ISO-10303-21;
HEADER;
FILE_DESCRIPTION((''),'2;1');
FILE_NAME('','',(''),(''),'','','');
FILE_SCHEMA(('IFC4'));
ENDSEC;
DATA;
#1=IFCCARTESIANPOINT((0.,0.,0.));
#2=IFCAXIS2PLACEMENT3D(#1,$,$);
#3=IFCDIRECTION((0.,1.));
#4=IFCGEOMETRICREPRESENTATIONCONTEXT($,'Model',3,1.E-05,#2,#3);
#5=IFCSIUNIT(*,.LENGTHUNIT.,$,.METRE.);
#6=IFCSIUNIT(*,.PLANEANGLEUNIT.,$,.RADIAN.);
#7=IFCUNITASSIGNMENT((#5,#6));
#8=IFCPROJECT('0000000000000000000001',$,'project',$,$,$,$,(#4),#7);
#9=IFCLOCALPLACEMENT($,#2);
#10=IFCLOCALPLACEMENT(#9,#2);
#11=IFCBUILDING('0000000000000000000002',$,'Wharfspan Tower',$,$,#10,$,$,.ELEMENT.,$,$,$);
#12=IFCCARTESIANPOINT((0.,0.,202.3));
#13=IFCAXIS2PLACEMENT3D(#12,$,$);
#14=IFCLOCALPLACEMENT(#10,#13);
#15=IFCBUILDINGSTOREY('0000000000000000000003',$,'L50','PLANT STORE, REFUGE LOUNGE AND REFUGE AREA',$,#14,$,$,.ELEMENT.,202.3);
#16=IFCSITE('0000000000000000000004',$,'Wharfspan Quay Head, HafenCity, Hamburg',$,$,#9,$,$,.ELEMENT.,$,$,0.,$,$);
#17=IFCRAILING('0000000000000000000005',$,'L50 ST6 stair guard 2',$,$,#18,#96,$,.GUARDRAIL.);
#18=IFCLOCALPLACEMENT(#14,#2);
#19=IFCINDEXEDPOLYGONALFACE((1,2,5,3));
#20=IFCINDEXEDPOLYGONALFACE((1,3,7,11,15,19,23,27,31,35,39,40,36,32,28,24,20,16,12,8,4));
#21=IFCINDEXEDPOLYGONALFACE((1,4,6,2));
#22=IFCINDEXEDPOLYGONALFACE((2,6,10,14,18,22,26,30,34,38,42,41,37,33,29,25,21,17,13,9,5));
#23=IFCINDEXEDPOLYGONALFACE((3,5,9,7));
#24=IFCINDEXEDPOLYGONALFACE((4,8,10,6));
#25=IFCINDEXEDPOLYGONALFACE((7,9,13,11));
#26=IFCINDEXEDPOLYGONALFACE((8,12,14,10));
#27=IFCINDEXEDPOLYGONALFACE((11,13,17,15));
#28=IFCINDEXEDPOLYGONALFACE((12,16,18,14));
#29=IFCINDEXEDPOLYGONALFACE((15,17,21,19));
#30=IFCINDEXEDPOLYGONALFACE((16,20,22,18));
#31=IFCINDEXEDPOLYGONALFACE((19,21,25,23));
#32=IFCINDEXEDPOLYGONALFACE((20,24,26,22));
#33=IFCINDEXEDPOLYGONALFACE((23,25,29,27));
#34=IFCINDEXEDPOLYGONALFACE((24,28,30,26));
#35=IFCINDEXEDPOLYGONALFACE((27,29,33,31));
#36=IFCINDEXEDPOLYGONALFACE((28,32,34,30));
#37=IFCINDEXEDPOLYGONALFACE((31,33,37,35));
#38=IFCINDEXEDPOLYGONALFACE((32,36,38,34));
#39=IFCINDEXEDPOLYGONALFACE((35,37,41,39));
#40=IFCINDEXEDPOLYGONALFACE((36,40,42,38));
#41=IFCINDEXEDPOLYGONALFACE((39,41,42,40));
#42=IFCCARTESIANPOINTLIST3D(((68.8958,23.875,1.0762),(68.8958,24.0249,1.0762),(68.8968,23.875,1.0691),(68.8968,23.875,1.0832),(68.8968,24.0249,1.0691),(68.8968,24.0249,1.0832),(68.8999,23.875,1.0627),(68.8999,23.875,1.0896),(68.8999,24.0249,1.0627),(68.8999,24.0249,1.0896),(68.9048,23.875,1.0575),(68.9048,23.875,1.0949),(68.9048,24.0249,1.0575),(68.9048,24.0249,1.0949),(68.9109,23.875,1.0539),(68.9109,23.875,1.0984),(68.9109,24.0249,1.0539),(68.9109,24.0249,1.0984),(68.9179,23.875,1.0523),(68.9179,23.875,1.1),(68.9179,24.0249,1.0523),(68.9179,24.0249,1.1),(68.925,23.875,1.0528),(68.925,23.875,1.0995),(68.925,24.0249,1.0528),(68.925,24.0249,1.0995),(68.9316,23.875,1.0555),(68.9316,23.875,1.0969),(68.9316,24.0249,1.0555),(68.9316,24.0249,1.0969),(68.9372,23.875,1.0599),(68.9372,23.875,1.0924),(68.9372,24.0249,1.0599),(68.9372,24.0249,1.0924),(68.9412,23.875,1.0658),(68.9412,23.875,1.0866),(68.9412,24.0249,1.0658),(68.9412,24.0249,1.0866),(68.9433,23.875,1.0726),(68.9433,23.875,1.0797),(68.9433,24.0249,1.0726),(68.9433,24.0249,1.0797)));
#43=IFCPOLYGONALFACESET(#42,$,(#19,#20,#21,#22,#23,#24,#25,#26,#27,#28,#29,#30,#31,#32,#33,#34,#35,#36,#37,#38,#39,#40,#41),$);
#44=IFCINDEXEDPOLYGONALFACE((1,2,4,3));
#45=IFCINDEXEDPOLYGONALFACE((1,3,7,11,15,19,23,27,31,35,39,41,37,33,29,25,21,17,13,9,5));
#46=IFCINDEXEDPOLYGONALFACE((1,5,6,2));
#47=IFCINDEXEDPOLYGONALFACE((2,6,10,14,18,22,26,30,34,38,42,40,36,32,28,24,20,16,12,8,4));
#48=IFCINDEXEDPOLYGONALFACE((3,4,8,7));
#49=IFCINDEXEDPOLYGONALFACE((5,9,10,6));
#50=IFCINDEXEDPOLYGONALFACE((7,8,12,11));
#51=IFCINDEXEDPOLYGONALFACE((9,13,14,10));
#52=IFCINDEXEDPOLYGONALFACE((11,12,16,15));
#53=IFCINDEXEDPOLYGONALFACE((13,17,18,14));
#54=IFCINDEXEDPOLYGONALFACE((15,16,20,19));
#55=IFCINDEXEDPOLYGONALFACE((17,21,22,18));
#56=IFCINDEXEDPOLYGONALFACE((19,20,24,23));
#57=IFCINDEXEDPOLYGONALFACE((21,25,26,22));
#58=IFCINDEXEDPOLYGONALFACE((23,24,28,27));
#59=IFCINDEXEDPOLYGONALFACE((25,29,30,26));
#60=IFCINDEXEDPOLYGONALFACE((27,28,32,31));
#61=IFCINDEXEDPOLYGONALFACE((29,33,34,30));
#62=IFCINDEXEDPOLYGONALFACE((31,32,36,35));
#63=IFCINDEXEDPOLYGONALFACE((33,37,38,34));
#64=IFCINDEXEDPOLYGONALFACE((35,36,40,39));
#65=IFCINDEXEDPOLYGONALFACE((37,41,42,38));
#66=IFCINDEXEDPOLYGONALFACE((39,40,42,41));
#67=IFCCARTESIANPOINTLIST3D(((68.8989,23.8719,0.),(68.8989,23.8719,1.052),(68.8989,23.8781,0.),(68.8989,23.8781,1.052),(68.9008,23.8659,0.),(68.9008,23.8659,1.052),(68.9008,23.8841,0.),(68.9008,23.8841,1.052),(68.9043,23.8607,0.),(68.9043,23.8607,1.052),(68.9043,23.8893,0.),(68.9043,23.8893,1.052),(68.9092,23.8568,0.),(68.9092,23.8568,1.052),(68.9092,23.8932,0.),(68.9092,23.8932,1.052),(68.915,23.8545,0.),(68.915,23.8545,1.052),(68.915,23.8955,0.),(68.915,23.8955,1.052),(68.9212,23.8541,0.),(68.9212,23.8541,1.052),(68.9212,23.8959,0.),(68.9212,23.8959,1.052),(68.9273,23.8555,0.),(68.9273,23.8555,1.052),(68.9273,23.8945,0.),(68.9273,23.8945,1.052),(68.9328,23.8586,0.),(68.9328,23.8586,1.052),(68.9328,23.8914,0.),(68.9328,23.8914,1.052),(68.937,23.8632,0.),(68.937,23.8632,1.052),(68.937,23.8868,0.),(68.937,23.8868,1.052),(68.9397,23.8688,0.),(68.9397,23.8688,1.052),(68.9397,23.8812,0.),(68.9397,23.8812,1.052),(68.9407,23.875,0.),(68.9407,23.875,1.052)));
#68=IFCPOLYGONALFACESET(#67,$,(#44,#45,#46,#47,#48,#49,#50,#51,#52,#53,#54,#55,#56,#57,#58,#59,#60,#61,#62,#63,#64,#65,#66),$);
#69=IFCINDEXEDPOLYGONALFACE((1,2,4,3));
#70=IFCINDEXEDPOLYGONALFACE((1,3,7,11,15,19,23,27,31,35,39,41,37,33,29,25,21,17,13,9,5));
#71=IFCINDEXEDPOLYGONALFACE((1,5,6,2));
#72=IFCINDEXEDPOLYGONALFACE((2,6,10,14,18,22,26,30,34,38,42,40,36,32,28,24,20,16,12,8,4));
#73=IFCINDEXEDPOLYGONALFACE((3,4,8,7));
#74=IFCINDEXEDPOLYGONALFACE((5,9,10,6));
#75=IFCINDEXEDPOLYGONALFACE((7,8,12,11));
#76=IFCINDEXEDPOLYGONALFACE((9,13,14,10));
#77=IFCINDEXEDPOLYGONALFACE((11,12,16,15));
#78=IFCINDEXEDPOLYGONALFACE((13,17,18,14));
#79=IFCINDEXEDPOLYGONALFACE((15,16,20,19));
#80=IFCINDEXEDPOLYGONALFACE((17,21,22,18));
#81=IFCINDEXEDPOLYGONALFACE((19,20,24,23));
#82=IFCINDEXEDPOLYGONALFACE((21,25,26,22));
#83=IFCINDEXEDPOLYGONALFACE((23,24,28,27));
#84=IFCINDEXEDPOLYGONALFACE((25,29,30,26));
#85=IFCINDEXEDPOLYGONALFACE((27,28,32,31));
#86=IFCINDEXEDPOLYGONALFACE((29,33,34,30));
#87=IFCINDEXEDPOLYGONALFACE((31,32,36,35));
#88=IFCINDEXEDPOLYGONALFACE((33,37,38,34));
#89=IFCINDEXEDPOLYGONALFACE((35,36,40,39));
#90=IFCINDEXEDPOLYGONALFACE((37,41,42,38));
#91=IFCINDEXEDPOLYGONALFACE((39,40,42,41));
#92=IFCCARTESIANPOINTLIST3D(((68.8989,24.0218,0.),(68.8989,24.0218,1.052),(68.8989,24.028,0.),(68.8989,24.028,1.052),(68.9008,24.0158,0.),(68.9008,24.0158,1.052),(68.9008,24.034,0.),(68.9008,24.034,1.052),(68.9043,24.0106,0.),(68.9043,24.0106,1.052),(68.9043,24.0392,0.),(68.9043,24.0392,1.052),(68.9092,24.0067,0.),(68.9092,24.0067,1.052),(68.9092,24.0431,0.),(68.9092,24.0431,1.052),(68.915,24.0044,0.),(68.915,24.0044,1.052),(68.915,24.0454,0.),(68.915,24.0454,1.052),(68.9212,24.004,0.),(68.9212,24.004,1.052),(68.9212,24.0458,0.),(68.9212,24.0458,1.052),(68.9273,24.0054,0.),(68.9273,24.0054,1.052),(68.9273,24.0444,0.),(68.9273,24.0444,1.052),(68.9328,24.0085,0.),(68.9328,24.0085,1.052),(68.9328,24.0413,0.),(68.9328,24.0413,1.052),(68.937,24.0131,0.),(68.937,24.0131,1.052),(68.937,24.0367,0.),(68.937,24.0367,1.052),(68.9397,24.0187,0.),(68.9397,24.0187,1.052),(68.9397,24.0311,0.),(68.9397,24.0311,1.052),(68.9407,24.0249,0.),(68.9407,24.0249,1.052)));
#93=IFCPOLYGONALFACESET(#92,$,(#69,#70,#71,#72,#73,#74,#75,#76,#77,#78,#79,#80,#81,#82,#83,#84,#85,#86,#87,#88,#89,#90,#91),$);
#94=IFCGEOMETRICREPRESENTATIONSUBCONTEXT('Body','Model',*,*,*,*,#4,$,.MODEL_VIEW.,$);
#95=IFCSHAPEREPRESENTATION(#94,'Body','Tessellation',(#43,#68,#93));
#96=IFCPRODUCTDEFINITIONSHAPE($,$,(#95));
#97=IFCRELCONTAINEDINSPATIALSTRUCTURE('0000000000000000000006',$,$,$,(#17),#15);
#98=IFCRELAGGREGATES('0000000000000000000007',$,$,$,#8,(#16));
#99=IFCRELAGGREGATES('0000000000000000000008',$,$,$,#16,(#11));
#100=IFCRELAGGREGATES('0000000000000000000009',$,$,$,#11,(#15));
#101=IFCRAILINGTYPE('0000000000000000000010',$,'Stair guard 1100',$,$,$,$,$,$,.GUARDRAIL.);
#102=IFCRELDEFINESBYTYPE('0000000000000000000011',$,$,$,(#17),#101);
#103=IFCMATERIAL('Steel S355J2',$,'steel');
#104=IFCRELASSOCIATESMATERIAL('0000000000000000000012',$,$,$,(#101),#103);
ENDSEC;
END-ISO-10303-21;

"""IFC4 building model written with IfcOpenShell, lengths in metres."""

from ifc_helpers import new_model, si_unit, direction, frame, origin, origin_2d, place, context, subcontext, project, spatial, circle, extrude, material, type_object, element, save


model = new_model("IFC4")

# Units and contexts
model_context = context("Model", 3, precision=1e-05, world=origin(), true_north=direction((0.0, 1.0)))
body_context = subcontext(model_context, "Body", "Model", "MODEL_VIEW")
ifc_project = project(units=[si_unit("LENGTHUNIT", "METRE"), si_unit("PLANEANGLEUNIT", "RADIAN")], contexts=[model_context])

# Site, building, storey
site_placement = place(None, origin())
site = spatial("IfcSite", under=ifc_project, at=site_placement, Name="Wharfspan Quay Head, HafenCity, Hamburg", CompositionType="ELEMENT", RefElevation=0.0)
building_placement = place(site_placement, origin())
building = spatial("IfcBuilding", under=site, at=building_placement, Name="Wharfspan Tower", CompositionType="ELEMENT")
storey_placement = place(building_placement, frame((0.0, 0.0, 202.3)))
storey = spatial("IfcBuildingStorey", under=building, at=storey_placement, Name="L50", Description="PLANT STORE, REFUGE LOUNGE AND REFUGE AREA", CompositionType="ELEMENT", Elevation=202.3)

# Shared definitions
ifc_material_1 = material(Name="Steel S355J2", Category="steel")

# Railing
railing_type_1 = type_object("IfcRailingType", Name="Stair guard 1100", PredefinedType="GUARDRAIL", material=ifc_material_1)
railing_1_placement = place(storey_placement, frame((68.9197, 23.875, 0.0)))
element("IfcRailing", 1, at=railing_1_placement, inside=storey, type_object=railing_type_1, Name="L50 ST6 stair guard 2", PredefinedType="GUARDRAIL", context=body_context, shape_type="SweptSolid", body=[
    extrude(circle(Radius=0.0239, at=origin_2d()), frame((0.0, 0.0, 1.0762), z_axis=(0.0, 1.0, 0.0), x_axis=(-1.0, 0.0, 0.0)), (0.0, 0.0, 1.0), 0.1499),
    extrude(circle(Radius=0.021, at=origin_2d()), origin(), (0.0, 0.0, 1.0), 1.052),
    extrude(circle(Radius=0.021, at=origin_2d()), frame((0.0, 0.1499, 0.0)), (0.0, 0.0, 1.0), 1.052),
])

save(model, "model.ifc")
